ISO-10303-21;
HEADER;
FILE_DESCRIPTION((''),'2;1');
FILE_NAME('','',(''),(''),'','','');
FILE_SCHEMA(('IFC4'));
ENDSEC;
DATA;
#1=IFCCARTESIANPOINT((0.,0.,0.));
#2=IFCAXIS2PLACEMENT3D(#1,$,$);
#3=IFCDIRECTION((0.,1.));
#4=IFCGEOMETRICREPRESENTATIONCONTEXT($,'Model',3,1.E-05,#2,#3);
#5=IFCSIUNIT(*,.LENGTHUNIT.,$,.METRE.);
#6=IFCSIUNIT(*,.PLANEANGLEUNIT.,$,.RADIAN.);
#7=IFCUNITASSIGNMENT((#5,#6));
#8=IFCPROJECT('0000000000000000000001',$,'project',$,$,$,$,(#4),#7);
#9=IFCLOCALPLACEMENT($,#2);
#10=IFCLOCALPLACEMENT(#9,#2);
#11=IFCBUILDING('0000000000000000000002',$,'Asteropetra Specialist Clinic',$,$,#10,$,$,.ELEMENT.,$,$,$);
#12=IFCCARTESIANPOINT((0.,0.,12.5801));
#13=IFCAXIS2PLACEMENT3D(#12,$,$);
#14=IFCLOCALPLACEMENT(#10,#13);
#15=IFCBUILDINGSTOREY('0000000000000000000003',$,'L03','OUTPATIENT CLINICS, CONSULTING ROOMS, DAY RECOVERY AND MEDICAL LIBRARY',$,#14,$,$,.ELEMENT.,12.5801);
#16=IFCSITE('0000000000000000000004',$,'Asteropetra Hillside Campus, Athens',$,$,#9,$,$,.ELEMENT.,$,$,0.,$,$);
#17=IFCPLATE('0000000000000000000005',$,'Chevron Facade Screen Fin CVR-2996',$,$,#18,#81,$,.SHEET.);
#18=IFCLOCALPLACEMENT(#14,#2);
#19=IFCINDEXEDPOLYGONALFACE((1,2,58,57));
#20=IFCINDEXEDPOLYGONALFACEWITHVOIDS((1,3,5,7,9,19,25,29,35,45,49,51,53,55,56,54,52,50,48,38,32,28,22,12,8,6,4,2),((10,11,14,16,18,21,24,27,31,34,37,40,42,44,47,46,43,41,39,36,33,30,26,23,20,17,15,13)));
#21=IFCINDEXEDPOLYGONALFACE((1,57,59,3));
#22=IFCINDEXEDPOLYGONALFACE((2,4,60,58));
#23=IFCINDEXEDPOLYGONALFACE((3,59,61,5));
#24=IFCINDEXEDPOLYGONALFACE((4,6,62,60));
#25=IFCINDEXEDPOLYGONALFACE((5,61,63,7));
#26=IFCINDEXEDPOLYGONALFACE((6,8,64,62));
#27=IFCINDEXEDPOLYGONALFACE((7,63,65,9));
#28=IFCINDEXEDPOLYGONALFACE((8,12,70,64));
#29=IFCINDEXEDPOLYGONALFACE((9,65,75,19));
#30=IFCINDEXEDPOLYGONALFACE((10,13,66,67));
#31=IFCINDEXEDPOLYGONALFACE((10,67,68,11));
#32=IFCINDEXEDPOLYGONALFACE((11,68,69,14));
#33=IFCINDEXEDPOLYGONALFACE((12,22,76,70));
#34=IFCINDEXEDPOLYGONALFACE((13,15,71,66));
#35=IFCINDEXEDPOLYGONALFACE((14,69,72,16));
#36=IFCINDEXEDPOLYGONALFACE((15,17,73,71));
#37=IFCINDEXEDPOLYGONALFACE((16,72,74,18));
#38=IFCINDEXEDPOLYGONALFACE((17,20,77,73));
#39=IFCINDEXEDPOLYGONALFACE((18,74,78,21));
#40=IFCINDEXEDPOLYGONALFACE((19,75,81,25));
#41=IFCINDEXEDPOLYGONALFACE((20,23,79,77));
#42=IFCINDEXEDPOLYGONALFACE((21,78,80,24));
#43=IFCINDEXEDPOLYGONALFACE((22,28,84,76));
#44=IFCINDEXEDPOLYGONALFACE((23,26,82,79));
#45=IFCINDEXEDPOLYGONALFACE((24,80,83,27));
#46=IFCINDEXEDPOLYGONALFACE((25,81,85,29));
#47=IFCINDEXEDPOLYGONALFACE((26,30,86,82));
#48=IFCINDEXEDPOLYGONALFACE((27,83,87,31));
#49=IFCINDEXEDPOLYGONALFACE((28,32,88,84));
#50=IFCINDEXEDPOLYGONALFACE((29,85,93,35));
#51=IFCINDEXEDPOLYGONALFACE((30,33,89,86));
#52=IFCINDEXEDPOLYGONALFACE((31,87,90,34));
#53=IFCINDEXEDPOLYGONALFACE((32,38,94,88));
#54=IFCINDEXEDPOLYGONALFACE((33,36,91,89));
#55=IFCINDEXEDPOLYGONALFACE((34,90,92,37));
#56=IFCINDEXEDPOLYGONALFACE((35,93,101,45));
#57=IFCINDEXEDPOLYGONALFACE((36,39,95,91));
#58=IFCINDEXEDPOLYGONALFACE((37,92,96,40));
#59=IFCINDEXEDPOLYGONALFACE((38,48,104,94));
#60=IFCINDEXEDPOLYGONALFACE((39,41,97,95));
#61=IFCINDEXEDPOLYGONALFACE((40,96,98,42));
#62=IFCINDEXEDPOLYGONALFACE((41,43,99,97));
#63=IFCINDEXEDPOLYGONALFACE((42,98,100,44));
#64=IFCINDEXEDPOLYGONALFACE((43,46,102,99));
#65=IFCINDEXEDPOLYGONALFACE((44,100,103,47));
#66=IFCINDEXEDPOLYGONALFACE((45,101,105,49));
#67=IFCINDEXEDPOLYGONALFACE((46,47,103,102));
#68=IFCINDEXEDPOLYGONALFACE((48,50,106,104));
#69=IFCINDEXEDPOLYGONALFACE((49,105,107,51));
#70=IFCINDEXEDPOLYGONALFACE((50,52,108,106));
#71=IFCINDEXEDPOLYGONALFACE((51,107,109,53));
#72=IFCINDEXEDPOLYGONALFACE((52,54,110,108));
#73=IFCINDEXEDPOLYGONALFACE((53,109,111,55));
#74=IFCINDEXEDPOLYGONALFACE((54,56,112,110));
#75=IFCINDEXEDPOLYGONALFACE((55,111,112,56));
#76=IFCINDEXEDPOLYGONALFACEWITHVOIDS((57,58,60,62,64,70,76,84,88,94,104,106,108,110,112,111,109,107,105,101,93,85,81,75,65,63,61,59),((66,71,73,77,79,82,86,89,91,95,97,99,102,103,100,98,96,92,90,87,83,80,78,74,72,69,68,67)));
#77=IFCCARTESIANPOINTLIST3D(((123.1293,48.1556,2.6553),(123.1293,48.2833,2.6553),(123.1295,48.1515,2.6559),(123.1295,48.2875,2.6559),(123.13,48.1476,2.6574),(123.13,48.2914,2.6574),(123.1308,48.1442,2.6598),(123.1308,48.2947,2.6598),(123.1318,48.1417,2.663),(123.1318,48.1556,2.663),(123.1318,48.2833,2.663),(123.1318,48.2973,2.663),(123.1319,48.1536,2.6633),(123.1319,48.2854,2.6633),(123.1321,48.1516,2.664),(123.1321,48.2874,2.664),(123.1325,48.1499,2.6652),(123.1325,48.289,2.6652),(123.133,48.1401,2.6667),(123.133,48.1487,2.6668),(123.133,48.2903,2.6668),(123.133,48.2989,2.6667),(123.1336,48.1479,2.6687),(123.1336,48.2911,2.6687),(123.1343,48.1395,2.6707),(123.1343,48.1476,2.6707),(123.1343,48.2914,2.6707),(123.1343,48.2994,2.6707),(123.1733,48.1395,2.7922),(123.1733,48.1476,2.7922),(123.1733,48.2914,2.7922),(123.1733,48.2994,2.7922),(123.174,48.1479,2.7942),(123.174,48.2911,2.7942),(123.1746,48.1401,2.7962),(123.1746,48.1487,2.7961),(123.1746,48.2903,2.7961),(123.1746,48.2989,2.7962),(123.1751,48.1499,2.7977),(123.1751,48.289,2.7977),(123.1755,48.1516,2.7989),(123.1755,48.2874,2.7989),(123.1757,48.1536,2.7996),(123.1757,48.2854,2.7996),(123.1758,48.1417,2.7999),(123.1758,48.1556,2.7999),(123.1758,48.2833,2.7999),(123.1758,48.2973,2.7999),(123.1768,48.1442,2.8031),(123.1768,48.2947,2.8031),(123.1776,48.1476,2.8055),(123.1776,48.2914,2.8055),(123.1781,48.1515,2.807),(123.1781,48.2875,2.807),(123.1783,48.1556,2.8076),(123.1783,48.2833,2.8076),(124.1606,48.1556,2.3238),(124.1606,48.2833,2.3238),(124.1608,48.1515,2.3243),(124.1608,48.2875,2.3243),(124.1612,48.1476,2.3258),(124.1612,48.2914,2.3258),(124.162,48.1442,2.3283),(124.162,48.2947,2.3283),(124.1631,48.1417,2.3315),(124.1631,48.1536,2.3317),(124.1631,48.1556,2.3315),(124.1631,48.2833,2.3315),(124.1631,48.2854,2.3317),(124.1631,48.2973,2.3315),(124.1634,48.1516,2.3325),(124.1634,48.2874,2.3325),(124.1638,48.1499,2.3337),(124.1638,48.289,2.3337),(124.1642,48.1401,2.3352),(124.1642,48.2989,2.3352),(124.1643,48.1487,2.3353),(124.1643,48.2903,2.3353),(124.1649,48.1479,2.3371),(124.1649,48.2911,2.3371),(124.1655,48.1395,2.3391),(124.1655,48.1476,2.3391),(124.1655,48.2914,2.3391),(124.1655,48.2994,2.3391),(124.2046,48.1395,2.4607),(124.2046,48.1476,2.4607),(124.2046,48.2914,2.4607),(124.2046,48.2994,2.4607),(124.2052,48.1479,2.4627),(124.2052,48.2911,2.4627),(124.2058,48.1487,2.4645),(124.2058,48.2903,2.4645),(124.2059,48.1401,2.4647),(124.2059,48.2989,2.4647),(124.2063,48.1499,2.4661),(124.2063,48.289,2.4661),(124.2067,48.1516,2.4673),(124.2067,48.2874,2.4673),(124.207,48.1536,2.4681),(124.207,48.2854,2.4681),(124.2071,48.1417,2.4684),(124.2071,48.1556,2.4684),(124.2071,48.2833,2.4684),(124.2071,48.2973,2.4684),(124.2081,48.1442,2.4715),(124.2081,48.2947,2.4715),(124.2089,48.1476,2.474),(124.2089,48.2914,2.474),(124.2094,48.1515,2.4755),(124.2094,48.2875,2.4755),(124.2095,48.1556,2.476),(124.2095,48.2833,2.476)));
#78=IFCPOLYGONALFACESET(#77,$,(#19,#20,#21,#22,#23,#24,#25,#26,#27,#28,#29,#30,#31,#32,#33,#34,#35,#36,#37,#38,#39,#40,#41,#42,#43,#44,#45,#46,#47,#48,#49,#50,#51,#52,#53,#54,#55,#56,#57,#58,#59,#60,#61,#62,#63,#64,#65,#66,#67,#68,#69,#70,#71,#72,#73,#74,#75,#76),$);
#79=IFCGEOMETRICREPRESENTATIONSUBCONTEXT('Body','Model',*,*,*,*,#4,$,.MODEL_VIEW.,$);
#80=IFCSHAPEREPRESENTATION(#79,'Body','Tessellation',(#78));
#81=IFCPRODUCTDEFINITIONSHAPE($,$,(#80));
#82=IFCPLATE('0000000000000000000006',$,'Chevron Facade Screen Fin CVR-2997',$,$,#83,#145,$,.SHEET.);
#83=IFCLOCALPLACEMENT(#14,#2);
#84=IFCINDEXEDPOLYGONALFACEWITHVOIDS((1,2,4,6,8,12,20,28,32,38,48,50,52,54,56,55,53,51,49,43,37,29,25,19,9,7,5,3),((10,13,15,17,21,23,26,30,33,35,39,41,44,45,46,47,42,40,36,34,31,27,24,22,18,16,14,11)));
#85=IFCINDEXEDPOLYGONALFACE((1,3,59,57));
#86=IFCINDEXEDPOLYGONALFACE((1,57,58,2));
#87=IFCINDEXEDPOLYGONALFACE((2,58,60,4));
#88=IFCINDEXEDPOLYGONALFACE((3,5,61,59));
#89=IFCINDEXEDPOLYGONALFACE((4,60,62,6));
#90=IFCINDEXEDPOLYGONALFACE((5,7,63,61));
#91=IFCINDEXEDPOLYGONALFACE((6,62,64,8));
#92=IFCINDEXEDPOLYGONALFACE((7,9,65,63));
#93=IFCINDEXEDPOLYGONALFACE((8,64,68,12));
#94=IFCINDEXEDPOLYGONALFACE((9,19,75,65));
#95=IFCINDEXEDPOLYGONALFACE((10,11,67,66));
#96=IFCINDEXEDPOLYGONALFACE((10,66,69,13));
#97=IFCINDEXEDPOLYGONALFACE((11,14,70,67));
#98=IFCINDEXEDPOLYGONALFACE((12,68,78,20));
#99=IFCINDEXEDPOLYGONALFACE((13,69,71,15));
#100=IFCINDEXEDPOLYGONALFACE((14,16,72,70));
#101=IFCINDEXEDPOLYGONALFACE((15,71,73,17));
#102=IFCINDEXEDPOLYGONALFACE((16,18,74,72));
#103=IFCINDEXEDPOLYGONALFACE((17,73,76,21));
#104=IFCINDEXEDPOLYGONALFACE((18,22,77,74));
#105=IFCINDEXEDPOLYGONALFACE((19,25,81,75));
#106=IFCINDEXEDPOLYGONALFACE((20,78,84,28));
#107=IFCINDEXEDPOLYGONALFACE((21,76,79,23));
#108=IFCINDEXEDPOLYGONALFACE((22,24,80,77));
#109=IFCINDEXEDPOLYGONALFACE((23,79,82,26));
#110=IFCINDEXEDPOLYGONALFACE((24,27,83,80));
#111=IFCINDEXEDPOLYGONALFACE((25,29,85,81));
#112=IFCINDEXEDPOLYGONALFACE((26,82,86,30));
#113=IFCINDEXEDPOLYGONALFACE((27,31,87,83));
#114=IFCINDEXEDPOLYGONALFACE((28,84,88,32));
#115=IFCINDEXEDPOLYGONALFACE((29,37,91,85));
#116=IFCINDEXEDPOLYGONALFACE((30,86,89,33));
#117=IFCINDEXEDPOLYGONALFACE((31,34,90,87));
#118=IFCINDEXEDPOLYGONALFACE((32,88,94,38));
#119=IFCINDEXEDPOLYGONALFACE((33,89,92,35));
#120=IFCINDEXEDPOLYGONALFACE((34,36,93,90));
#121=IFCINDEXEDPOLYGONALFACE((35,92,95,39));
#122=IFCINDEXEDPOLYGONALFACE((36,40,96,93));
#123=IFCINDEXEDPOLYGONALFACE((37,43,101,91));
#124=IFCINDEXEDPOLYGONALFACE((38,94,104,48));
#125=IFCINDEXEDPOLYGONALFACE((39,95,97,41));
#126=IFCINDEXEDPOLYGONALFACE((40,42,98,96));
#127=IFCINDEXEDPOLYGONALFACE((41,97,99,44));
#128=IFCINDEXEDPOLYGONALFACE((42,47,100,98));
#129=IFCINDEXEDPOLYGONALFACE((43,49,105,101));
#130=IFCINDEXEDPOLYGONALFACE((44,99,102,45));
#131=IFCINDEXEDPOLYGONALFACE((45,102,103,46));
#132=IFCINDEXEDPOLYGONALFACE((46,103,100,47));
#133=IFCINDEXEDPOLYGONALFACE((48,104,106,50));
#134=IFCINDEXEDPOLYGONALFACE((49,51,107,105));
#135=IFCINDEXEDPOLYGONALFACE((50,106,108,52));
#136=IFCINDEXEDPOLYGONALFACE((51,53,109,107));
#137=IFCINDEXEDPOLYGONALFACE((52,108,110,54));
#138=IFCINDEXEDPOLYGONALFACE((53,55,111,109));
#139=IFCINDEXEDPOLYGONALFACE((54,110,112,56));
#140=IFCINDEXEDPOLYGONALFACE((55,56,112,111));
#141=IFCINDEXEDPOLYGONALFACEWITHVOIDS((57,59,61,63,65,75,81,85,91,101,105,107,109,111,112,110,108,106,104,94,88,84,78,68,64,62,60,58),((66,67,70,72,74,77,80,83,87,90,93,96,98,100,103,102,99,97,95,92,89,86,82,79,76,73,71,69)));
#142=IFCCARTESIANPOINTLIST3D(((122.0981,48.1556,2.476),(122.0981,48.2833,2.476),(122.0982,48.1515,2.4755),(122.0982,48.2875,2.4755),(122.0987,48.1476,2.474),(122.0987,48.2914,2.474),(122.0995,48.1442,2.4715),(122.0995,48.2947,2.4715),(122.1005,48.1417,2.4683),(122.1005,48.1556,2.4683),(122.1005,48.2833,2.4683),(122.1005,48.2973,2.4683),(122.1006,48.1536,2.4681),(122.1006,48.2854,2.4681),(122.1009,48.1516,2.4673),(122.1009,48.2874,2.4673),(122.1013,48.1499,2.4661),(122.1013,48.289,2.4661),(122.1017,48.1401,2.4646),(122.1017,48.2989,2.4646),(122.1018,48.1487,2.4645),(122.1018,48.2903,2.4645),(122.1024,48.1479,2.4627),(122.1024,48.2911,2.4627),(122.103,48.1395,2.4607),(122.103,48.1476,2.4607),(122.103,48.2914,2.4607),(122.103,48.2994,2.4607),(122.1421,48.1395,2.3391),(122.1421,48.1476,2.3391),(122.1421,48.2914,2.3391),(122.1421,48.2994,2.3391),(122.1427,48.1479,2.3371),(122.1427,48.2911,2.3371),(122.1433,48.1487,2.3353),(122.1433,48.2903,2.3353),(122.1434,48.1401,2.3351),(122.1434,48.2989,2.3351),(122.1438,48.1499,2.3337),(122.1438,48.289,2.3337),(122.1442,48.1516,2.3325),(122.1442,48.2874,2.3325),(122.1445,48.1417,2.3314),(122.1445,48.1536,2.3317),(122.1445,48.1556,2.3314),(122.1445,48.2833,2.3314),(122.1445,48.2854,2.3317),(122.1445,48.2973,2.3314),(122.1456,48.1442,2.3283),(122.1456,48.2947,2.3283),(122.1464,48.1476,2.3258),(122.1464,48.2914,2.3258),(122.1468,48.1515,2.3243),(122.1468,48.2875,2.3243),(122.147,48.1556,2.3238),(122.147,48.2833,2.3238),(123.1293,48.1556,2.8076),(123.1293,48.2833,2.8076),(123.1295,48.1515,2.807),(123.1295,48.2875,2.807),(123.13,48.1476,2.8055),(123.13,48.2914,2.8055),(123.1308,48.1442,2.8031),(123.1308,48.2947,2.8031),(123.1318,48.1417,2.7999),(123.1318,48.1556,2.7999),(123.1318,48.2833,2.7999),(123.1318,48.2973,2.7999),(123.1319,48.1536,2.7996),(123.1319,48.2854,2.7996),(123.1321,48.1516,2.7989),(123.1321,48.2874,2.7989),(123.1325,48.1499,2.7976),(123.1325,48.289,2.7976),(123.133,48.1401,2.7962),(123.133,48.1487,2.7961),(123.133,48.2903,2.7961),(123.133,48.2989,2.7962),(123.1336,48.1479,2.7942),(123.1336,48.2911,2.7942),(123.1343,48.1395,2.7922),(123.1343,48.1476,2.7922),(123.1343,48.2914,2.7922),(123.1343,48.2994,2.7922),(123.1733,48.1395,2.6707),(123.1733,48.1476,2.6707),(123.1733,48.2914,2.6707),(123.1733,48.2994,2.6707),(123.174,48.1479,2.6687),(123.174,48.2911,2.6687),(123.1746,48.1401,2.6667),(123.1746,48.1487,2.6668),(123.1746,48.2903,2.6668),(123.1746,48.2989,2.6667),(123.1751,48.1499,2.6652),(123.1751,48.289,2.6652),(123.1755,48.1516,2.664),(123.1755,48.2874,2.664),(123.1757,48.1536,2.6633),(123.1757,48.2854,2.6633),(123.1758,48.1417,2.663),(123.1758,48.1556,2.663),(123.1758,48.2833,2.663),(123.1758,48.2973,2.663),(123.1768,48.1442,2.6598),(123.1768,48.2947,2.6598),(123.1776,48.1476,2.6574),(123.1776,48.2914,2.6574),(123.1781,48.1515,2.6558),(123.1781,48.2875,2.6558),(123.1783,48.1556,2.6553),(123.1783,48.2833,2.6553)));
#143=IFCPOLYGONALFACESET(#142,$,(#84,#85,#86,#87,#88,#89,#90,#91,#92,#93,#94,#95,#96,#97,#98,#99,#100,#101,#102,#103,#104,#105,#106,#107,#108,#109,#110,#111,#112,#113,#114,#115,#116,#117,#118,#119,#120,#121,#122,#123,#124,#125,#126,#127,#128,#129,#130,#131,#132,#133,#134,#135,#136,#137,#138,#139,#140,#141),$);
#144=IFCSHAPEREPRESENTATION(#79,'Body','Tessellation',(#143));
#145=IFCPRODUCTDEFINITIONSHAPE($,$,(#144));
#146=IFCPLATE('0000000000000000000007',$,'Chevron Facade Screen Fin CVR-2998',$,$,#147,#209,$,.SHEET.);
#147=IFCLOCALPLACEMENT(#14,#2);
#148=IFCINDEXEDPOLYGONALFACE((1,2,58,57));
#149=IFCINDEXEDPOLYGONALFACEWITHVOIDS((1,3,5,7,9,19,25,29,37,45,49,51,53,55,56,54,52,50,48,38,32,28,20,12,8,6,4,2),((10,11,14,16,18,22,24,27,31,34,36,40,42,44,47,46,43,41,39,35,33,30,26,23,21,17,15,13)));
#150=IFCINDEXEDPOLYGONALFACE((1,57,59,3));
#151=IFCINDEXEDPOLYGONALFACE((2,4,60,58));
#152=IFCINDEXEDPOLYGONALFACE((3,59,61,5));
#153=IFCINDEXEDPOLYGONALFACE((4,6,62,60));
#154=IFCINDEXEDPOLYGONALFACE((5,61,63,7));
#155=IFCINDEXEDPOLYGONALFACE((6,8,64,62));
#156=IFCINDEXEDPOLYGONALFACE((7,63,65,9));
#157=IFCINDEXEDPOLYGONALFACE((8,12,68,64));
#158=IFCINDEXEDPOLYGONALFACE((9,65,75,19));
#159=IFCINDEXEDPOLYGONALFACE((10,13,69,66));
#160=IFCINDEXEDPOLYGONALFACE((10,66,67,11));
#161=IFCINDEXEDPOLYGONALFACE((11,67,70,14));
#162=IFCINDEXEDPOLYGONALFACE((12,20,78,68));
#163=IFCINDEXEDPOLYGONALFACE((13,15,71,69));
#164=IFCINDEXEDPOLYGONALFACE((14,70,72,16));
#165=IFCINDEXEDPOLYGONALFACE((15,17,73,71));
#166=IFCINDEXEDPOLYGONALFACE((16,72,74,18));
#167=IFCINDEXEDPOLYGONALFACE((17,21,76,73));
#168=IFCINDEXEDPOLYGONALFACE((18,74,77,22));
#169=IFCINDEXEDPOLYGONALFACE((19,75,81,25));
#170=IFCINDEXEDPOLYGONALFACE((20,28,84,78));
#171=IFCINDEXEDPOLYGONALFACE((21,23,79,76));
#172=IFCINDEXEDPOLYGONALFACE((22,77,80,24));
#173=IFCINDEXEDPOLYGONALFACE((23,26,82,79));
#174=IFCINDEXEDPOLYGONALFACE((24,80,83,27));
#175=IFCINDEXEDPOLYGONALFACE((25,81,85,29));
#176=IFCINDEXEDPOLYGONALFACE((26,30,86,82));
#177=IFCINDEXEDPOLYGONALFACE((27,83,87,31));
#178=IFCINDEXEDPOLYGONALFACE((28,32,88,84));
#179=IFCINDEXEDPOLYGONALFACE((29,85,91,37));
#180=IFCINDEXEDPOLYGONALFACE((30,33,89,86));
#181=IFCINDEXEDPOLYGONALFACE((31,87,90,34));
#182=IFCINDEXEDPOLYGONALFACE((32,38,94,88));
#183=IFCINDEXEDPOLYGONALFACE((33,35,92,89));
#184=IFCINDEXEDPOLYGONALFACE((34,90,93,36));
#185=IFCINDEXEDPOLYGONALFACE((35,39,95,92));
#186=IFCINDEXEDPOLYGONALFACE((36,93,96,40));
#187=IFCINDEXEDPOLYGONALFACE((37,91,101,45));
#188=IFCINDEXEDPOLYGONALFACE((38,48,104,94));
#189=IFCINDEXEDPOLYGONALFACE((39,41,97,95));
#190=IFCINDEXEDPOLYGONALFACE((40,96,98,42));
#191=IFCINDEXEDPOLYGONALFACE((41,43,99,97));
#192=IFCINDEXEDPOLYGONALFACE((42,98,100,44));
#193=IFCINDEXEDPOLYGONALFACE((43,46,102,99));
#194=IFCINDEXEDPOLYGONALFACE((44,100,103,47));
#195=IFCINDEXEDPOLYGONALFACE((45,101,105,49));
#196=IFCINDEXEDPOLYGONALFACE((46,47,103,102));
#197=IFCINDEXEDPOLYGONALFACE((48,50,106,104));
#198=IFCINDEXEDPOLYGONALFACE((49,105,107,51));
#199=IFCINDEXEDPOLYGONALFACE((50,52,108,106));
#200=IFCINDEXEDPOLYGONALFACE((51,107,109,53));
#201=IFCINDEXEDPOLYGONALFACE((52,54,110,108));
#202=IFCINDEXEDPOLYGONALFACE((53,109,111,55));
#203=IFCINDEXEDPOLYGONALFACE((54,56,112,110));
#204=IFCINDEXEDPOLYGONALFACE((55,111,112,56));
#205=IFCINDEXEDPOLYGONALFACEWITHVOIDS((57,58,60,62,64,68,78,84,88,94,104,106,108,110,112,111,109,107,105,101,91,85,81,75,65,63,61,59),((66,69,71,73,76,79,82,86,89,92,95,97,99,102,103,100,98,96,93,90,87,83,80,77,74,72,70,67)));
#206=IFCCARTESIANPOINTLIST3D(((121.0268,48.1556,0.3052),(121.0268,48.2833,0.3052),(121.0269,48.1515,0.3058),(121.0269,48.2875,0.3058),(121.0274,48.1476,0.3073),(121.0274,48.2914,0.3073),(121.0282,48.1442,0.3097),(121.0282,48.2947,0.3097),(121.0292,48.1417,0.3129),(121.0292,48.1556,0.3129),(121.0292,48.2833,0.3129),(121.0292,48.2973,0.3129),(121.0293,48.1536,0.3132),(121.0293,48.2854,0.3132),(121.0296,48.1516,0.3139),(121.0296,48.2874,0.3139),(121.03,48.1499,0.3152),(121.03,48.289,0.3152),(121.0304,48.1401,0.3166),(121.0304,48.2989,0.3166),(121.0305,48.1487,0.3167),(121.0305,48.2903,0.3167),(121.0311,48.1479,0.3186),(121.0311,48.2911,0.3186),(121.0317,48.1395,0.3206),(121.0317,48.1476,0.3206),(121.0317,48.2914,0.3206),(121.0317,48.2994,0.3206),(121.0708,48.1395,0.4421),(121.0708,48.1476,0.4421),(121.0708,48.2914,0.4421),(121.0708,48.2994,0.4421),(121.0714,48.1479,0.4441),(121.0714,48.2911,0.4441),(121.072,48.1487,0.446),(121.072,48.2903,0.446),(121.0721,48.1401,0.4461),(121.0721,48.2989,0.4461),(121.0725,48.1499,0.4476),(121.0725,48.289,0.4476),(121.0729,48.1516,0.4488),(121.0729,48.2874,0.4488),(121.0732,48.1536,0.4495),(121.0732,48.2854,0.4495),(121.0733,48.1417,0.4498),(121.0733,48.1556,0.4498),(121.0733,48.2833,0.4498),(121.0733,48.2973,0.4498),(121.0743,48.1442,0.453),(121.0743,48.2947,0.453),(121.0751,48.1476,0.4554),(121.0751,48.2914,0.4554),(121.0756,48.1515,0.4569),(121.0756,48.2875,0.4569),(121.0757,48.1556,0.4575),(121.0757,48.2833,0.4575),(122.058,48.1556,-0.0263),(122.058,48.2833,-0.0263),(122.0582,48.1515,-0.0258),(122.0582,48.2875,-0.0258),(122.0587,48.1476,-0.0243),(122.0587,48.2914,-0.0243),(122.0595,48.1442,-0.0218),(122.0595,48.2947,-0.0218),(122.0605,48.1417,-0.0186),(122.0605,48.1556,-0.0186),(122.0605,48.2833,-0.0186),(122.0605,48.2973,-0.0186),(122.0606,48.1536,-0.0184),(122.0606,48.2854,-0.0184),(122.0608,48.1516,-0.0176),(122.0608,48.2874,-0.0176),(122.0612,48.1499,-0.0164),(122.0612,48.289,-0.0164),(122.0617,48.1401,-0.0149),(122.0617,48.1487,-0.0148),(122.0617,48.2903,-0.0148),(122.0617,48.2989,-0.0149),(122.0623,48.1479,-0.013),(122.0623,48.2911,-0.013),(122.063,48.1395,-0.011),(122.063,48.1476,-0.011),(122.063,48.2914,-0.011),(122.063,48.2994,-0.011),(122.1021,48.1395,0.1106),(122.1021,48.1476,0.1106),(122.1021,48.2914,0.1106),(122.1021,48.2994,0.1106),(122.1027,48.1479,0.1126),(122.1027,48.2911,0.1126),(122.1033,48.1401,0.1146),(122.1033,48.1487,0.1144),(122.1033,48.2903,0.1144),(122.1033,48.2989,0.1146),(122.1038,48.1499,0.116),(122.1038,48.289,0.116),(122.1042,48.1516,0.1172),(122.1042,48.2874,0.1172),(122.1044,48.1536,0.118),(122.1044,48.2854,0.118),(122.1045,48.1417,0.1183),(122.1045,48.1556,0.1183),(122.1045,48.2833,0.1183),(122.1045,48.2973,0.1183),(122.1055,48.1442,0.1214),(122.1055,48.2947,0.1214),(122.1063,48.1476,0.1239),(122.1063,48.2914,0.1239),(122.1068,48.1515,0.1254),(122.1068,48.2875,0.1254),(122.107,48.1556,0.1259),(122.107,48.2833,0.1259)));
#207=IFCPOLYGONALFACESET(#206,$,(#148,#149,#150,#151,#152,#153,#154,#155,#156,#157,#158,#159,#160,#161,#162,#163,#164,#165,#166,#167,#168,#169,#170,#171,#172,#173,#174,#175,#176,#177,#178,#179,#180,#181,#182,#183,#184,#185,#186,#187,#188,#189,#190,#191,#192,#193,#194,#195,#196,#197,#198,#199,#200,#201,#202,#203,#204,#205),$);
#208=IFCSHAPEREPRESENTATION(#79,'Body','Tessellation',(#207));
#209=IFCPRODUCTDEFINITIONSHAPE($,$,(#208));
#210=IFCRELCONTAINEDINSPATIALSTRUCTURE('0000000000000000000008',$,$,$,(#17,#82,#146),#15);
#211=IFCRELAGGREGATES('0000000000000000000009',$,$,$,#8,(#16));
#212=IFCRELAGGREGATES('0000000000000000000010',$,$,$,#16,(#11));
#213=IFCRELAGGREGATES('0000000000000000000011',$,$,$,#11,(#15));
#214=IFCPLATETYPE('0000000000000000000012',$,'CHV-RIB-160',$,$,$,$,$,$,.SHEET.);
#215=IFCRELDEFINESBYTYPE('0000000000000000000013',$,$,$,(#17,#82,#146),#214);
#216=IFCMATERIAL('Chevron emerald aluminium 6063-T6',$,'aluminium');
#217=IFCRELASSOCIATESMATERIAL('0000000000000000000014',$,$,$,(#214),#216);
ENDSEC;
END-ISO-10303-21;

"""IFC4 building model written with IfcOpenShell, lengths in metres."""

from ifc_helpers import new_model, si_unit, direction, frame, origin, origin_2d, place, context, subcontext, project, spatial, hollow_rectangle, extrude, material, material_profile, profile_set, type_object, element, save


model = new_model("IFC4")

# Units and contexts
model_context = context("Model", 3, precision=1e-05, world=origin(), true_north=direction((0.0, 1.0)))
body_context = subcontext(model_context, "Body", "Model", "MODEL_VIEW")
ifc_project = project(units=[si_unit("LENGTHUNIT", "METRE"), si_unit("PLANEANGLEUNIT", "RADIAN")], contexts=[model_context])

# Site, building, storey
site_placement = place(None, origin())
site = spatial("IfcSite", under=ifc_project, at=site_placement, Name="Asteropetra Hillside Campus, Athens", CompositionType="ELEMENT", RefElevation=0.0)
building_placement = place(site_placement, origin())
building = spatial("IfcBuilding", under=site, at=building_placement, Name="Asteropetra Specialist Clinic", CompositionType="ELEMENT")
storey_placement = place(building_placement, frame((0.0, 0.0, 12.5801)))
storey = spatial("IfcBuildingStorey", under=building, at=storey_placement, Name="L03", Description="OUTPATIENT CLINICS, CONSULTING ROOMS, DAY RECOVERY AND MEDICAL LIBRARY", CompositionType="ELEMENT", Elevation=12.5801)

# Plates
ifc_material_1 = material(Name="Chevron emerald aluminium 6063-T6", Category="aluminium")
ifc_material_profile = material_profile(ifc_material_1, hollow_rectangle(XDim=0.1599, YDim=0.1599, WallThickness=0.0081, InnerFilletRadius=0.0081, OuterFilletRadius=0.0161, at=origin_2d()), Name="SHS 160x160x8.0")
ifc_profile_set = profile_set([ifc_material_profile], Name="Chevron emerald aluminium 6063-T6")
plate_type_1 = type_object("IfcPlateType", Name="CHV-RIB-160", PredefinedType="SHEET", material=ifc_profile_set)
for number, where, z_axis, x_axis, name in (
    (1, (124.1851, 48.2195, 2.3999), (-0.95201, 0.0, 0.306068), (0.0, -1.0, 0.0), "Chevron Facade Screen Fin CVR-2996"),
    (2, (123.1538, 48.2195, 2.7314), (-0.95201, 0.0, -0.306068), (0.0, -1.0, 0.0), "Chevron Facade Screen Fin CVR-2997"),
    (3, (122.0825, 48.2195, 0.0498), (-0.95201, 0.0, 0.306068), (0.0, -1.0, 0.0), "Chevron Facade Screen Fin CVR-2998"),
):
    element("IfcPlate", number, at=place(storey_placement, frame(where, z_axis=z_axis, x_axis=x_axis)), inside=storey, type_object=plate_type_1, Name=name, PredefinedType="SHEET", context=body_context, shape_type="SweptSolid", body=[
        extrude(hollow_rectangle(XDim=0.1599, YDim=0.1599, WallThickness=0.0081, InnerFilletRadius=0.0081, OuterFilletRadius=0.0161, at=origin_2d()), origin(), (0.0, 0.0, 1.0), 1.0833),
    ])

save(model, "model.ifc")
